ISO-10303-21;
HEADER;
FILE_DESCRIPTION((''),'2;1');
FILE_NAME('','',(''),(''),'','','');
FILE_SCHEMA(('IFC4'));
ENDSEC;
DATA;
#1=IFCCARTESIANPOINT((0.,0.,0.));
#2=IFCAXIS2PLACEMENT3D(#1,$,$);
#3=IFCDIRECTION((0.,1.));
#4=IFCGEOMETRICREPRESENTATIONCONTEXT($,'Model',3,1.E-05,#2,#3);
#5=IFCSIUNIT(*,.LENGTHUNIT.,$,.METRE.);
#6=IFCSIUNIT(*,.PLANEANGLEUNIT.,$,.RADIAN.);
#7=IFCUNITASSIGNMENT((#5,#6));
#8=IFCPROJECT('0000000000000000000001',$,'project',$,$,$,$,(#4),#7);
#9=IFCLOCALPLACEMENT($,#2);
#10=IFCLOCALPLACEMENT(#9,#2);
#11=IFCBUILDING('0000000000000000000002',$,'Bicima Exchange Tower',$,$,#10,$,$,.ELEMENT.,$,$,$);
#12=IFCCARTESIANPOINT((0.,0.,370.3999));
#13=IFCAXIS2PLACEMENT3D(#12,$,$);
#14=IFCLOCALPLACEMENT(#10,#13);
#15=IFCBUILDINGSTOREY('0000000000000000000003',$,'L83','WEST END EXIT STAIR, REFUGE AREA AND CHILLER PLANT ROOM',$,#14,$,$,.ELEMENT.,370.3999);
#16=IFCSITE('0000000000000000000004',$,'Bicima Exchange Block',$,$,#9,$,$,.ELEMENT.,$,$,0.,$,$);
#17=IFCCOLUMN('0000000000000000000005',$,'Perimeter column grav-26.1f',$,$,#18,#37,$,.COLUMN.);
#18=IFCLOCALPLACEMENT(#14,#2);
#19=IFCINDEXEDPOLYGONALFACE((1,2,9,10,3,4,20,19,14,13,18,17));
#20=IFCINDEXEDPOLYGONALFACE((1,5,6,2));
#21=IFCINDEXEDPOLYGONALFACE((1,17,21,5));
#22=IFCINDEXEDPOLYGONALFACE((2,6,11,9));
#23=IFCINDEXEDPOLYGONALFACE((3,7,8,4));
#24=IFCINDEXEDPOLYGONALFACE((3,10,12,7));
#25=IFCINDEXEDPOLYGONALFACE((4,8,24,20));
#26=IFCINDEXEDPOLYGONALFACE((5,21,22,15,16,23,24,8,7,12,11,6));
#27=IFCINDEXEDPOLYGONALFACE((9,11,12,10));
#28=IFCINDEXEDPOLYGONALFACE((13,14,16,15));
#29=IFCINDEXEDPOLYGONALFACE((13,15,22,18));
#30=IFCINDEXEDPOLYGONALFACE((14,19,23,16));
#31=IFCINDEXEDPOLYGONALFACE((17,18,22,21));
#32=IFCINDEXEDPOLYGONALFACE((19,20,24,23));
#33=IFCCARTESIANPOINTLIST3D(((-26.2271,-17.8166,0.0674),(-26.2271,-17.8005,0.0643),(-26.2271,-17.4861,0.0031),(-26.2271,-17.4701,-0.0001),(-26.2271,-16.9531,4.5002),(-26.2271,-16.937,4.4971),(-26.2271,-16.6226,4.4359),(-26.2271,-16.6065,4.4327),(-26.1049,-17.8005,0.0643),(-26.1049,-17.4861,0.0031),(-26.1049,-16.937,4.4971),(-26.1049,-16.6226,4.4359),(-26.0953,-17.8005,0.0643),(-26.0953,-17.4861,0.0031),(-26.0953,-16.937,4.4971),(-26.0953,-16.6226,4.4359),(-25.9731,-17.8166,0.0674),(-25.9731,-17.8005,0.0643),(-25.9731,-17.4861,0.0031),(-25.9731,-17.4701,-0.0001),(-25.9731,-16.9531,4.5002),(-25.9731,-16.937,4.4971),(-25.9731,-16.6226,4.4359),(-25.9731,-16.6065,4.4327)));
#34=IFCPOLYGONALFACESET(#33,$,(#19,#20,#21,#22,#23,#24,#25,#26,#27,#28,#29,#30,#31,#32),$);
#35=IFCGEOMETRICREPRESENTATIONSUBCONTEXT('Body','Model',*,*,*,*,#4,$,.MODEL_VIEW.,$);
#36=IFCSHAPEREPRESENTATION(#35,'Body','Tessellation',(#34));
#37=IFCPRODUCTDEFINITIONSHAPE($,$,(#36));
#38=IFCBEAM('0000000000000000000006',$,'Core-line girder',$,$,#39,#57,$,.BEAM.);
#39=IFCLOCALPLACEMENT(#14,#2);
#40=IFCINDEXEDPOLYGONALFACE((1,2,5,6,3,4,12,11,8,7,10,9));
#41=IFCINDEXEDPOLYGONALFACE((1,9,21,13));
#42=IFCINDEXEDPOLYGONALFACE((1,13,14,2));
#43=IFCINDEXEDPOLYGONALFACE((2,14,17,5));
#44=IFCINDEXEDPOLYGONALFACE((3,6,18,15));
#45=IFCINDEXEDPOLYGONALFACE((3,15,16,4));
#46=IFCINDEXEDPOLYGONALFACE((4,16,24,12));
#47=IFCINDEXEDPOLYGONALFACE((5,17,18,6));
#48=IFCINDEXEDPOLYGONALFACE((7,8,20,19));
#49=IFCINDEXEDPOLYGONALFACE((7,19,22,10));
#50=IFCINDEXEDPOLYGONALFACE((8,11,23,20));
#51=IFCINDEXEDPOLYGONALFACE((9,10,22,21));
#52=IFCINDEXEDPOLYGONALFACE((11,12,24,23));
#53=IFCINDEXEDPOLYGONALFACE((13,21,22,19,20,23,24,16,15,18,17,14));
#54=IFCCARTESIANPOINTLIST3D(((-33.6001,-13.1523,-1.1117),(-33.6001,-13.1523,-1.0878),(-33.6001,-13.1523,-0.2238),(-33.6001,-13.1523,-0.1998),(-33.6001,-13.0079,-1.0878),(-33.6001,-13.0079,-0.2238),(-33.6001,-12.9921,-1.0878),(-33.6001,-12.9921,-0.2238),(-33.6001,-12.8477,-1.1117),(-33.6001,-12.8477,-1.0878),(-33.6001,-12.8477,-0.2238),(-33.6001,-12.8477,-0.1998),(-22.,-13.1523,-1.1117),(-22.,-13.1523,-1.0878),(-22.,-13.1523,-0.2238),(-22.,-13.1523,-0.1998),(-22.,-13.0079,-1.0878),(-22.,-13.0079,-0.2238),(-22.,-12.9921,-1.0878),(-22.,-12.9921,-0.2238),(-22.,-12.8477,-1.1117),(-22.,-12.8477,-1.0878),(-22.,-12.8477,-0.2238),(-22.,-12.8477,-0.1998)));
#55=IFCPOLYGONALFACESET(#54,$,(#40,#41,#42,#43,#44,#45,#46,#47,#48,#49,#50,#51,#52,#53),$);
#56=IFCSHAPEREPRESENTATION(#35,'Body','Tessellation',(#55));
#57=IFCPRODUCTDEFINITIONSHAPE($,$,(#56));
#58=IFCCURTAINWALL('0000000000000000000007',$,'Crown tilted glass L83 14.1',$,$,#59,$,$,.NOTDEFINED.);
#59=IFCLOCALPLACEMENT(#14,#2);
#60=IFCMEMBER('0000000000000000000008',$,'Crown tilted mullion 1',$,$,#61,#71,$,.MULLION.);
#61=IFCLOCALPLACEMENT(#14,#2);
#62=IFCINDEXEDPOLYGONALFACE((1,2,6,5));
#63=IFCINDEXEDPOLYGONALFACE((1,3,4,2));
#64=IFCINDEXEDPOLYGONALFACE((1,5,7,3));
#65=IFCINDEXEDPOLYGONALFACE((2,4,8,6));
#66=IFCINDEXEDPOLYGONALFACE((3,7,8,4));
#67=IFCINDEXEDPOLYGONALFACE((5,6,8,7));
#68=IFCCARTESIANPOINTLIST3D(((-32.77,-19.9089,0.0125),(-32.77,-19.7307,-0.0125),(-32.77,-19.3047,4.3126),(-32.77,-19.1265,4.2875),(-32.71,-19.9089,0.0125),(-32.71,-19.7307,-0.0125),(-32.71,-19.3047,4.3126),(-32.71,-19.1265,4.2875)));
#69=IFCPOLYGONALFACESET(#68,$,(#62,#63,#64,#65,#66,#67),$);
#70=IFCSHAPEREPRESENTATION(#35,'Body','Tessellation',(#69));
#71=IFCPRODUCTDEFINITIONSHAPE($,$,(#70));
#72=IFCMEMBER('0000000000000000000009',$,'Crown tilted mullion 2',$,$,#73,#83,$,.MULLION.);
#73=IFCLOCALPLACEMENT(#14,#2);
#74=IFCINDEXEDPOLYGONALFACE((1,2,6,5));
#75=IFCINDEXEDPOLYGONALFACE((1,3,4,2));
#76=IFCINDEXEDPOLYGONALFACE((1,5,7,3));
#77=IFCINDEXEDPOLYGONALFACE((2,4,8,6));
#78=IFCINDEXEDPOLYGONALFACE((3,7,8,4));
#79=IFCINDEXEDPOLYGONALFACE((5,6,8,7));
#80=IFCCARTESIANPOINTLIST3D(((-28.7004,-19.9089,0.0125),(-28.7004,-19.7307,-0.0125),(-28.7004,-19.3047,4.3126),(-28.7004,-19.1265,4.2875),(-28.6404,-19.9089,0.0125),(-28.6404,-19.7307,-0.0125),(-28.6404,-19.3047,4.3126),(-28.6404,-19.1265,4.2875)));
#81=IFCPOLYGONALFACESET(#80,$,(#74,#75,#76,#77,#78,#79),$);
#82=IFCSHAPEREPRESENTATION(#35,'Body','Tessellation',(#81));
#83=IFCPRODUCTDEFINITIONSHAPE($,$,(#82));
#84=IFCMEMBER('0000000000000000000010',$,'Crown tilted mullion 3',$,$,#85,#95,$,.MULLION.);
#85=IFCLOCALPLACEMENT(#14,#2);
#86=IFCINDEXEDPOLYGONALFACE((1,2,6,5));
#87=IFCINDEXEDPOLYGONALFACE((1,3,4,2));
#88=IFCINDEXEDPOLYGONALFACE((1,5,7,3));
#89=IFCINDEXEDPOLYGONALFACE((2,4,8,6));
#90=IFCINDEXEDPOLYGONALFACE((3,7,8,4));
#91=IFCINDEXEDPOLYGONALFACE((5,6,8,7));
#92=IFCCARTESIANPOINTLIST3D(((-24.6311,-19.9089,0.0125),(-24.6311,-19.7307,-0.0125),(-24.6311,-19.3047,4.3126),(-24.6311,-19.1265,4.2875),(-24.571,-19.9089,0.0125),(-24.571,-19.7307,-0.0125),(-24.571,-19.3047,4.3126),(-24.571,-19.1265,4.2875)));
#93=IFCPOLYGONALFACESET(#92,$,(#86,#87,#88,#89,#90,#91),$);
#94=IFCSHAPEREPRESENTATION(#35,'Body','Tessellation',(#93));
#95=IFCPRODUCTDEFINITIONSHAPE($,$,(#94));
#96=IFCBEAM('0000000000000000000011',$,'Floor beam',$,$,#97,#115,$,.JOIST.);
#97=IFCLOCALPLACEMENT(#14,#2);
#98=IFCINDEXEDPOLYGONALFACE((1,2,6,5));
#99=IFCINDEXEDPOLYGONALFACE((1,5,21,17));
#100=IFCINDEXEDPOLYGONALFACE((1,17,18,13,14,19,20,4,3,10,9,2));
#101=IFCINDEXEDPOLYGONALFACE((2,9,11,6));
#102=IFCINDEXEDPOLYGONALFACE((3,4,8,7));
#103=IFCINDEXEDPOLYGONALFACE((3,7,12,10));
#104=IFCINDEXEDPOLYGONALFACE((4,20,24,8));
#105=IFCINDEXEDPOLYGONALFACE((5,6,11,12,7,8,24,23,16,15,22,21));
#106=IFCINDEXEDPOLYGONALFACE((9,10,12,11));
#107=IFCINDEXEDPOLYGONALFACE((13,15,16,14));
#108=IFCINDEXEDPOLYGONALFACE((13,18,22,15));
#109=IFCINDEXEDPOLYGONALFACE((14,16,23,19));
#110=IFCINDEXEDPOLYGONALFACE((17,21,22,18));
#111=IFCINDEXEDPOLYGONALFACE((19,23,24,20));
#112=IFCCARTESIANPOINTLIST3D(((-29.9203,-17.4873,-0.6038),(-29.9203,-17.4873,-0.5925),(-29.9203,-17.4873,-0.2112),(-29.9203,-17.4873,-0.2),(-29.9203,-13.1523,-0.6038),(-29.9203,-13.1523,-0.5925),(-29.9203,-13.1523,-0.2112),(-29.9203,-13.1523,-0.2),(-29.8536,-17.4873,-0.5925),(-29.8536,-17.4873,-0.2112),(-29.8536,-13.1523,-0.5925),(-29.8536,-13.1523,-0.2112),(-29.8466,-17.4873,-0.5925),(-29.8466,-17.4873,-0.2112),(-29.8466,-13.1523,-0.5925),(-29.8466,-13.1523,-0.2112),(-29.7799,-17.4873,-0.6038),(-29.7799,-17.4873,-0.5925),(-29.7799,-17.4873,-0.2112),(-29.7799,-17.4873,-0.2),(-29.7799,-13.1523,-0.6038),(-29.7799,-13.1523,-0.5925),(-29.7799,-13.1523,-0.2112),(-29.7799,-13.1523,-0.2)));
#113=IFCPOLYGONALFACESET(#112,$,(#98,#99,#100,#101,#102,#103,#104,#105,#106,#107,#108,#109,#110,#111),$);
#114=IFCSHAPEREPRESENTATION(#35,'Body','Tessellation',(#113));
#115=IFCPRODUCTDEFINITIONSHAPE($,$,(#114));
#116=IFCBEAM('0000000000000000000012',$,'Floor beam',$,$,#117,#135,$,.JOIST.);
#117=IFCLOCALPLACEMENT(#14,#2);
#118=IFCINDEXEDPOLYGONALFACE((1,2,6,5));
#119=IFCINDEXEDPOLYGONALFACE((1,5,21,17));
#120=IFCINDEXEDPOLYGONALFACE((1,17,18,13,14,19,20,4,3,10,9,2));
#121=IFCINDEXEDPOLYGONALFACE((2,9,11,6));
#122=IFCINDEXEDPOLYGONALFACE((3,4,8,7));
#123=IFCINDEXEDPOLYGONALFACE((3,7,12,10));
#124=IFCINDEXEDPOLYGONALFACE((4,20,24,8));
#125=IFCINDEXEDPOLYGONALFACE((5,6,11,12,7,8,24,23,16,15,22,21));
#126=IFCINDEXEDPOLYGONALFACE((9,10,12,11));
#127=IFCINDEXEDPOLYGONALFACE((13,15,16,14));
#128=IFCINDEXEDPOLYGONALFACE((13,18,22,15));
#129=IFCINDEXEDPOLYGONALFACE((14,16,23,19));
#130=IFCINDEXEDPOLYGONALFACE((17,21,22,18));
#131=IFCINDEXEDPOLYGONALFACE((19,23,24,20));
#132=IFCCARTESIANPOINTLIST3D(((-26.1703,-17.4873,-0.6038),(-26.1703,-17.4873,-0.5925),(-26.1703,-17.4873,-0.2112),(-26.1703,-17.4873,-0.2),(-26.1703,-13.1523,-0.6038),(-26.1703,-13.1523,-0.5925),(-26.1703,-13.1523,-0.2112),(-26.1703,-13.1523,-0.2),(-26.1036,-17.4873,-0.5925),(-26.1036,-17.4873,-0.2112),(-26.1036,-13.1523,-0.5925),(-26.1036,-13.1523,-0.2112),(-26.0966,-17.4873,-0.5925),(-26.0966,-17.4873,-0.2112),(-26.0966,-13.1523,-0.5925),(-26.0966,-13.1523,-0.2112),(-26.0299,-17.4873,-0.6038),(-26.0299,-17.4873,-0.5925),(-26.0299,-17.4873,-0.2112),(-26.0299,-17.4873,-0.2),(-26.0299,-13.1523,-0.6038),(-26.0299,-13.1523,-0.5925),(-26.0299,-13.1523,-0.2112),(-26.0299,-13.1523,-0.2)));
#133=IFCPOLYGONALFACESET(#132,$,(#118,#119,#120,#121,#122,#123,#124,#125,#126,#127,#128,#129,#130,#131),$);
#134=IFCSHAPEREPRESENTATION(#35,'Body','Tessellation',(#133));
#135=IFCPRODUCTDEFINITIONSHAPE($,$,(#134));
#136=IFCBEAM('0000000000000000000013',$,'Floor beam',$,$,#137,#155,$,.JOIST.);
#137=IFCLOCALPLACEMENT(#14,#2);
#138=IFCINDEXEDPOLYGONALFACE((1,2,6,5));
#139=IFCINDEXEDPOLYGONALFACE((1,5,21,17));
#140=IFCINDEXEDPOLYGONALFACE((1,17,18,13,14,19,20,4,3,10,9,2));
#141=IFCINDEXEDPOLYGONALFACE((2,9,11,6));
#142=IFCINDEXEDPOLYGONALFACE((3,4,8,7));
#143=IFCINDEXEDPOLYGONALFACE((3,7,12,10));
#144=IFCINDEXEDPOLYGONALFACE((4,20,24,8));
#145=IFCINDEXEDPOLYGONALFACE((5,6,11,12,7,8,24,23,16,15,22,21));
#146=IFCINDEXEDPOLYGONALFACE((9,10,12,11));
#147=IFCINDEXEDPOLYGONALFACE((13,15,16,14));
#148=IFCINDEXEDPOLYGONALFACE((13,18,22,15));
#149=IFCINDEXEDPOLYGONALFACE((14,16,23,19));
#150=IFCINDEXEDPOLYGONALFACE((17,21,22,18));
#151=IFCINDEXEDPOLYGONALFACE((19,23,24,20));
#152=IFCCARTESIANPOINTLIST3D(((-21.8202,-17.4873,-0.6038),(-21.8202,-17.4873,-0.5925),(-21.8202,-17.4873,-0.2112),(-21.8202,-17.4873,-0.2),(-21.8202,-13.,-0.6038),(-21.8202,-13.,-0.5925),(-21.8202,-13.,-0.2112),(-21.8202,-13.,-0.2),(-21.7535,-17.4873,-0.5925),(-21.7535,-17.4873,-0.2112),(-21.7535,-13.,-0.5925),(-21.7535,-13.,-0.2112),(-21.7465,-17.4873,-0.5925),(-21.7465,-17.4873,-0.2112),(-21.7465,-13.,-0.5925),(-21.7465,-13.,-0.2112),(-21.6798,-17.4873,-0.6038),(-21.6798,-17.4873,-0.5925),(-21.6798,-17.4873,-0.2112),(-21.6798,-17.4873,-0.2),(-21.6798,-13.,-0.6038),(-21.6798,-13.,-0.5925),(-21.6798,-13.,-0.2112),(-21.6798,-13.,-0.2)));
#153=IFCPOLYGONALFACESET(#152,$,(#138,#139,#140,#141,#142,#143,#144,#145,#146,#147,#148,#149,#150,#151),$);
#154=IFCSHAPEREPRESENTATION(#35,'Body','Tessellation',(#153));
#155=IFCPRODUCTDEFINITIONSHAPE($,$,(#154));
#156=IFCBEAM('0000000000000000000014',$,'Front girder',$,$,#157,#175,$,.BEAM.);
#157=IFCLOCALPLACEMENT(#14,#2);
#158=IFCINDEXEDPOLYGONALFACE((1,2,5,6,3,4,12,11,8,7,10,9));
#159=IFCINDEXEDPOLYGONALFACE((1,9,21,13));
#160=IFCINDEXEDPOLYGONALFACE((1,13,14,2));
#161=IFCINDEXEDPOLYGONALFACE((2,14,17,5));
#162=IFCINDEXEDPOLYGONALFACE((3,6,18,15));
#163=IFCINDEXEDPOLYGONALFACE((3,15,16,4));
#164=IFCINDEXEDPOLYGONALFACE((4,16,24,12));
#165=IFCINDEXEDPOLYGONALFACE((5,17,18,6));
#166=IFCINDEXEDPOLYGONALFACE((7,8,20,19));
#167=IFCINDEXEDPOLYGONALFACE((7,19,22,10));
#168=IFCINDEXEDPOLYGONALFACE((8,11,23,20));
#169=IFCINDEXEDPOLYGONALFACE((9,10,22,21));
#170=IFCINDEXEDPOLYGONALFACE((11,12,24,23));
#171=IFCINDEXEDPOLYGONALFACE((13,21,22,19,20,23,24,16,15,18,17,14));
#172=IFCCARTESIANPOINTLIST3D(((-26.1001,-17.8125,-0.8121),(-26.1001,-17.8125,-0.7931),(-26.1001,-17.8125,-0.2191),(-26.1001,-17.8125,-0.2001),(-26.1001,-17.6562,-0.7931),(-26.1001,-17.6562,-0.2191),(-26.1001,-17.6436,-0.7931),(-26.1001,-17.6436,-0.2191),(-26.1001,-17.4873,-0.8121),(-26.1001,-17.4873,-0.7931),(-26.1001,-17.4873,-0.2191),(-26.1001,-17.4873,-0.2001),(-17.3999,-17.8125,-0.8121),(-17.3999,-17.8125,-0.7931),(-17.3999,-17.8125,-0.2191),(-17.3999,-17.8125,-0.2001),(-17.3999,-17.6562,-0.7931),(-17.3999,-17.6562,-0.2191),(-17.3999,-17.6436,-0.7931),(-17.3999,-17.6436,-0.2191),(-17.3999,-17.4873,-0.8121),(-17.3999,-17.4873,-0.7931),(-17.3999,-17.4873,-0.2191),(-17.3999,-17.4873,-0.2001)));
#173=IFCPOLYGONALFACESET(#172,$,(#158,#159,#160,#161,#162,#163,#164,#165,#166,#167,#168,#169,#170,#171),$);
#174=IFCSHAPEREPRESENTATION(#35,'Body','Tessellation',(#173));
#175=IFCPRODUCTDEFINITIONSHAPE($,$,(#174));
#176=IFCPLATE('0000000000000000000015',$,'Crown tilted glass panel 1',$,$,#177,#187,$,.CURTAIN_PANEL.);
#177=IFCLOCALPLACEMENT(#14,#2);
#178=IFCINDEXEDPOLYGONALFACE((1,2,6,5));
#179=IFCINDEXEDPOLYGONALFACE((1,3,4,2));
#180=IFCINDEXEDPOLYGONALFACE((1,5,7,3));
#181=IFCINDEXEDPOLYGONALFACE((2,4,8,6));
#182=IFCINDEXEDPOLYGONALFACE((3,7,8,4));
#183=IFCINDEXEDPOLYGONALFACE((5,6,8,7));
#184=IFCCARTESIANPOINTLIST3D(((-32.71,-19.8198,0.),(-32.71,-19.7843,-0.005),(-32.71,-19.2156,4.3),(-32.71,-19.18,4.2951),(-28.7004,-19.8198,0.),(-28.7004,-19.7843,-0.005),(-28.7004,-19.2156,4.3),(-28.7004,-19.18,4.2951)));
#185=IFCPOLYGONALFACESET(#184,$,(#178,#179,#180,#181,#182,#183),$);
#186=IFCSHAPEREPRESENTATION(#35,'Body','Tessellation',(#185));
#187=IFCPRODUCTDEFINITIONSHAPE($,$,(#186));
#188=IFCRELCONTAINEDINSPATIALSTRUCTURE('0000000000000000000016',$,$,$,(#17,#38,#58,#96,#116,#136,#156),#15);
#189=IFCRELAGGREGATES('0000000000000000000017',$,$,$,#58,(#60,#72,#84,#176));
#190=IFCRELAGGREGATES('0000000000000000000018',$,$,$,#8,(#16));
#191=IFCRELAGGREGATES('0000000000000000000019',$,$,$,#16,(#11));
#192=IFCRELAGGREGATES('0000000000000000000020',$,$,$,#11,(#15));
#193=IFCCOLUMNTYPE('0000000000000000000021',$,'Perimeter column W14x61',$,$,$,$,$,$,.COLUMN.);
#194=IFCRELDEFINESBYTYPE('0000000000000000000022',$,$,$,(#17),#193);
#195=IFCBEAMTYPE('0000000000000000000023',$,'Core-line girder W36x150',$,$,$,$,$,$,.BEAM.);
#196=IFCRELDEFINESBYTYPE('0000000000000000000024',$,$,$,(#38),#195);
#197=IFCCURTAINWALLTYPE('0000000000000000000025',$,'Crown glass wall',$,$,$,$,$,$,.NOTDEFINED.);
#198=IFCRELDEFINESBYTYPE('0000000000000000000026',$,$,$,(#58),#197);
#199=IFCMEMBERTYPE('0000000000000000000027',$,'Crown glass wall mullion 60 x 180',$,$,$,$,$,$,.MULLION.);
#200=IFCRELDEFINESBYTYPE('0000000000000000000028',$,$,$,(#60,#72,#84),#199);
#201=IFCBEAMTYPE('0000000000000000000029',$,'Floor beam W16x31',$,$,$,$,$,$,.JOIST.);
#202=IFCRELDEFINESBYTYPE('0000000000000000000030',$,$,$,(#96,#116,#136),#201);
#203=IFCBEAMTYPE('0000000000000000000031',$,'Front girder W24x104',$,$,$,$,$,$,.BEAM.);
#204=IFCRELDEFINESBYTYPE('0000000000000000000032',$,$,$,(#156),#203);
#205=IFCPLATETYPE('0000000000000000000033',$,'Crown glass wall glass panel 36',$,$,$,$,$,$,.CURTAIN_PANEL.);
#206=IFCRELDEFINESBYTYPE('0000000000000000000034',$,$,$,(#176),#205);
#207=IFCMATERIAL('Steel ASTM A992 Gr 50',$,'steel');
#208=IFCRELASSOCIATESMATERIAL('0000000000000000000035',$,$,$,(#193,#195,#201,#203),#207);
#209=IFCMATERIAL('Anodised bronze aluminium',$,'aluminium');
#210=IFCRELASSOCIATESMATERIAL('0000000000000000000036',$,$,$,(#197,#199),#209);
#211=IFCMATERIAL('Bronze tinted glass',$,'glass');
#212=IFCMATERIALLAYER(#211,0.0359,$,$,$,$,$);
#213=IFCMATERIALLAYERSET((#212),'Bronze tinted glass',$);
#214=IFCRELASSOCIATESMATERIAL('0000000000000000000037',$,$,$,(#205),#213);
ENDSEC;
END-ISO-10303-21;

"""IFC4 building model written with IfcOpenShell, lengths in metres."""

from ifc_helpers import new_model, si_unit, direction, frame, origin, origin_2d, place, context, subcontext, project, spatial, polyline, rectangle, i_section, outline, extrude, material, layer, layer_set, material_profile, profile_set, type_object, element, aggregate, save


model = new_model("IFC4")

# Units and contexts
model_context = context("Model", 3, precision=1e-05, world=origin(), true_north=direction((0.0, 1.0)))
body_context = subcontext(model_context, "Body", "Model", "MODEL_VIEW")
ifc_project = project(units=[si_unit("LENGTHUNIT", "METRE"), si_unit("PLANEANGLEUNIT", "RADIAN")], contexts=[model_context])

# Site, building, storey
site_placement = place(None, origin())
site = spatial("IfcSite", under=ifc_project, at=site_placement, Name="Bicima Exchange Block", CompositionType="ELEMENT", RefElevation=0.0)
building_placement = place(site_placement, origin())
building = spatial("IfcBuilding", under=site, at=building_placement, Name="Bicima Exchange Tower", CompositionType="ELEMENT")
storey_placement = place(building_placement, frame((0.0, 0.0, 370.3999)))
storey = spatial("IfcBuildingStorey", under=building, at=storey_placement, Name="L83", Description="WEST END EXIT STAIR, REFUGE AREA AND CHILLER PLANT ROOM", CompositionType="ELEMENT", Elevation=370.3999)

# Column
ifc_material_1 = material(Name="Steel ASTM A992 Gr 50", Category="steel")
ifc_material_profile_1 = material_profile(ifc_material_1, i_section(OverallWidth=0.2539, OverallDepth=0.353, WebThickness=0.0095, FlangeThickness=0.0164, at=origin_2d()))
ifc_profile_set_1 = profile_set([ifc_material_profile_1], Name="Steel ASTM A992 Gr 50")
column_type = type_object("IfcColumnType", Name="Perimeter column W14x61", PredefinedType="COLUMN", material=ifc_profile_set_1)
column_placement = place(storey_placement, frame((-26.1001, -17.6433, 0.0337), z_axis=(0.0, 0.191207, 0.98155), x_axis=(-1.0, 0.0, 0.0)))
element("IfcColumn", 1, at=column_placement, inside=storey, type_object=column_type, Name="Perimeter column grav-26.1f", PredefinedType="COLUMN", context=body_context, shape_type="SweptSolid", body=[
    extrude(i_section(OverallWidth=0.2539, OverallDepth=0.353, WebThickness=0.0095, FlangeThickness=0.0164, at=origin_2d()), origin(), (0.0, 0.0, 1.0), 4.5161),
])

# Beam
ifc_material_profile_2 = material_profile(ifc_material_1, i_section(OverallWidth=0.3047, OverallDepth=0.9119, WebThickness=0.0159, FlangeThickness=0.0239, at=origin_2d()))
ifc_profile_set_2 = profile_set([ifc_material_profile_2], Name="Steel ASTM A992 Gr 50")
beam_type_1 = type_object("IfcBeamType", Name="Core-line girder W36x150", PredefinedType="BEAM", material=ifc_profile_set_2)
beam_1_placement = place(storey_placement, frame((-22.0, -13.0, -0.6558), z_axis=(-1.0, 0.0, 0.0), x_axis=(0.0, -1.0, 0.0)))
element("IfcBeam", 2, at=beam_1_placement, inside=storey, type_object=beam_type_1, Name="Core-line girder", PredefinedType="BEAM", context=body_context, shape_type="SweptSolid", body=[
    extrude(i_section(OverallWidth=0.3047, OverallDepth=0.9119, WebThickness=0.0159, FlangeThickness=0.0239, at=origin_2d()), origin(), (0.0, 0.0, 1.0), 11.6001),
])

# Curtain wall, members
ifc_material_2 = material(Name="Anodised bronze aluminium", Category="aluminium")
curtain_wall_type = type_object("IfcCurtainWallType", Name="Crown glass wall", PredefinedType="NOTDEFINED", material=ifc_material_2)
curtain_wall_placement = place(storey_placement, origin())
curtain_wall = element("IfcCurtainWall", 3, at=curtain_wall_placement, inside=storey, type_object=curtain_wall_type, Name="Crown tilted glass L83 14.1", PredefinedType="NOTDEFINED")
ifc_material_profile_3 = material_profile(ifc_material_2, rectangle(XDim=0.1799, YDim=0.0601, at=origin_2d()))
ifc_profile_set_3 = profile_set([ifc_material_profile_3], Name="Anodised bronze aluminium")
member_type = type_object("IfcMemberType", Name="Crown glass wall mullion 60 x 180", PredefinedType="MULLION", material=ifc_profile_set_3)
member_1_placement = place(storey_placement, frame((-32.74, -19.8198, 0.0), z_axis=(0.0, 0.139154, 0.990271), x_axis=(0.0, -0.990271, 0.139154)))
member_1 = element("IfcMember", 4, at=member_1_placement, type_object=member_type, Name="Crown tilted mullion 1", PredefinedType="MULLION", context=body_context, shape_type="SweptSolid", body=[
    extrude(rectangle(XDim=0.1799, YDim=0.0601, at=origin_2d()), origin(), (0.0, 0.0, 1.0), 4.3423),
])
member_2_placement = place(storey_placement, frame((-28.6704, -19.8198, 0.0), z_axis=(0.0, 0.139154, 0.990271), x_axis=(0.0, -0.990271, 0.139154)))
member_2 = element("IfcMember", 5, at=member_2_placement, type_object=member_type, Name="Crown tilted mullion 2", PredefinedType="MULLION", context=body_context, shape_type="SweptSolid", body=[
    extrude(rectangle(XDim=0.1799, YDim=0.0601, at=origin_2d()), origin(), (0.0, 0.0, 1.0), 4.3423),
])
member_3_placement = place(storey_placement, frame((-24.6011, -19.8198, 0.0), z_axis=(0.0, 0.139154, 0.990271), x_axis=(0.0, -0.990271, 0.139154)))
member_3 = element("IfcMember", 6, at=member_3_placement, type_object=member_type, Name="Crown tilted mullion 3", PredefinedType="MULLION", context=body_context, shape_type="SweptSolid", body=[
    extrude(rectangle(XDim=0.1799, YDim=0.0601, at=origin_2d()), origin(), (0.0, 0.0, 1.0), 4.3423),
])

# Beams
ifc_material_profile_4 = material_profile(ifc_material_1, i_section(OverallWidth=0.1404, OverallDepth=0.4038, WebThickness=0.0071, FlangeThickness=0.0112, at=origin_2d()))
ifc_profile_set_4 = profile_set([ifc_material_profile_4], Name="Steel ASTM A992 Gr 50")
beam_type_2 = type_object("IfcBeamType", Name="Floor beam W16x31", PredefinedType="JOIST", material=ifc_profile_set_4)
for number, where, z_axis, x_axis, name in (
    (7, (-29.8501, -13.1523, -0.4019), (0.0, -1.0, 0.0), (1.0, 0.0, 0.0), "Floor beam"),
    (8, (-26.1001, -13.1523, -0.4019), (0.0, -1.0, 0.0), (1.0, 0.0, 0.0), "Floor beam"),
):
    element("IfcBeam", number, at=place(storey_placement, frame(where, z_axis=z_axis, x_axis=x_axis)), inside=storey, type_object=beam_type_2, Name=name, PredefinedType="JOIST", context=body_context, shape_type="SweptSolid", body=[
        extrude(i_section(OverallWidth=0.1404, OverallDepth=0.4038, WebThickness=0.0071, FlangeThickness=0.0112, at=origin_2d()), origin(), (0.0, 0.0, 1.0), 4.335),
    ])
beam_2_placement = place(storey_placement, frame((-21.75, -13.0, -0.4019), z_axis=(0.0, -1.0, 0.0), x_axis=(1.0, 0.0, 0.0)))
element("IfcBeam", 9, at=beam_2_placement, inside=storey, type_object=beam_type_2, Name="Floor beam", PredefinedType="JOIST", context=body_context, shape_type="SweptSolid", body=[
    extrude(i_section(OverallWidth=0.1404, OverallDepth=0.4038, WebThickness=0.0071, FlangeThickness=0.0112, at=origin_2d()), origin(), (0.0, 0.0, 1.0), 4.4873),
])
ifc_material_profile_5 = material_profile(ifc_material_1, i_section(OverallWidth=0.3252, OverallDepth=0.6121, WebThickness=0.0127, FlangeThickness=0.019, at=origin_2d()))
ifc_profile_set_5 = profile_set([ifc_material_profile_5], Name="Steel ASTM A992 Gr 50")
beam_type_3 = type_object("IfcBeamType", Name="Front girder W24x104", PredefinedType="BEAM", material=ifc_profile_set_5)
beam_3_placement = place(storey_placement, frame((-26.1001, -17.6499, -0.5061), z_axis=(1.0, 0.0, 0.0), x_axis=(0.0, 1.0, 0.0)))
element("IfcBeam", 10, at=beam_3_placement, inside=storey, type_object=beam_type_3, Name="Front girder", PredefinedType="BEAM", context=body_context, shape_type="SweptSolid", body=[
    extrude(i_section(OverallWidth=0.3252, OverallDepth=0.6121, WebThickness=0.0127, FlangeThickness=0.019, at=origin_2d()), origin(), (0.0, 0.0, 1.0), 8.7002),
])

# Plate
ifc_material_3 = material(Name="Bronze tinted glass", Category="glass")
ifc_layer_1 = layer(ifc_material_3, 0.0359)
ifc_layer_set_1 = layer_set([ifc_layer_1], Name="Bronze tinted glass")
plate_type = type_object("IfcPlateType", Name="Crown glass wall glass panel 36", PredefinedType="CURTAIN_PANEL", material=ifc_layer_set_1)
plate_1_placement = place(storey_placement, frame((-32.71, -19.8198, 0.0), z_axis=(0.0, -0.990271, 0.139154), x_axis=(1.0, 0.0, 0.0)))
plate_1 = element("IfcPlate", 11, at=plate_1_placement, type_object=plate_type, Name="Crown tilted glass panel 1", PredefinedType="CURTAIN_PANEL", context=body_context, shape_type="SweptSolid", body=[
    extrude(outline(polyline([(0.0, 0.0), (4.0095, 0.0), (4.0095, 4.3423), (0.0, 4.3423), (0.0, 0.0)])), origin(), (0.0, 0.0, -1.0), 0.0359),
])
aggregate(curtain_wall, [member_1, member_2, member_3, plate_1])

save(model, "model.ifc")
